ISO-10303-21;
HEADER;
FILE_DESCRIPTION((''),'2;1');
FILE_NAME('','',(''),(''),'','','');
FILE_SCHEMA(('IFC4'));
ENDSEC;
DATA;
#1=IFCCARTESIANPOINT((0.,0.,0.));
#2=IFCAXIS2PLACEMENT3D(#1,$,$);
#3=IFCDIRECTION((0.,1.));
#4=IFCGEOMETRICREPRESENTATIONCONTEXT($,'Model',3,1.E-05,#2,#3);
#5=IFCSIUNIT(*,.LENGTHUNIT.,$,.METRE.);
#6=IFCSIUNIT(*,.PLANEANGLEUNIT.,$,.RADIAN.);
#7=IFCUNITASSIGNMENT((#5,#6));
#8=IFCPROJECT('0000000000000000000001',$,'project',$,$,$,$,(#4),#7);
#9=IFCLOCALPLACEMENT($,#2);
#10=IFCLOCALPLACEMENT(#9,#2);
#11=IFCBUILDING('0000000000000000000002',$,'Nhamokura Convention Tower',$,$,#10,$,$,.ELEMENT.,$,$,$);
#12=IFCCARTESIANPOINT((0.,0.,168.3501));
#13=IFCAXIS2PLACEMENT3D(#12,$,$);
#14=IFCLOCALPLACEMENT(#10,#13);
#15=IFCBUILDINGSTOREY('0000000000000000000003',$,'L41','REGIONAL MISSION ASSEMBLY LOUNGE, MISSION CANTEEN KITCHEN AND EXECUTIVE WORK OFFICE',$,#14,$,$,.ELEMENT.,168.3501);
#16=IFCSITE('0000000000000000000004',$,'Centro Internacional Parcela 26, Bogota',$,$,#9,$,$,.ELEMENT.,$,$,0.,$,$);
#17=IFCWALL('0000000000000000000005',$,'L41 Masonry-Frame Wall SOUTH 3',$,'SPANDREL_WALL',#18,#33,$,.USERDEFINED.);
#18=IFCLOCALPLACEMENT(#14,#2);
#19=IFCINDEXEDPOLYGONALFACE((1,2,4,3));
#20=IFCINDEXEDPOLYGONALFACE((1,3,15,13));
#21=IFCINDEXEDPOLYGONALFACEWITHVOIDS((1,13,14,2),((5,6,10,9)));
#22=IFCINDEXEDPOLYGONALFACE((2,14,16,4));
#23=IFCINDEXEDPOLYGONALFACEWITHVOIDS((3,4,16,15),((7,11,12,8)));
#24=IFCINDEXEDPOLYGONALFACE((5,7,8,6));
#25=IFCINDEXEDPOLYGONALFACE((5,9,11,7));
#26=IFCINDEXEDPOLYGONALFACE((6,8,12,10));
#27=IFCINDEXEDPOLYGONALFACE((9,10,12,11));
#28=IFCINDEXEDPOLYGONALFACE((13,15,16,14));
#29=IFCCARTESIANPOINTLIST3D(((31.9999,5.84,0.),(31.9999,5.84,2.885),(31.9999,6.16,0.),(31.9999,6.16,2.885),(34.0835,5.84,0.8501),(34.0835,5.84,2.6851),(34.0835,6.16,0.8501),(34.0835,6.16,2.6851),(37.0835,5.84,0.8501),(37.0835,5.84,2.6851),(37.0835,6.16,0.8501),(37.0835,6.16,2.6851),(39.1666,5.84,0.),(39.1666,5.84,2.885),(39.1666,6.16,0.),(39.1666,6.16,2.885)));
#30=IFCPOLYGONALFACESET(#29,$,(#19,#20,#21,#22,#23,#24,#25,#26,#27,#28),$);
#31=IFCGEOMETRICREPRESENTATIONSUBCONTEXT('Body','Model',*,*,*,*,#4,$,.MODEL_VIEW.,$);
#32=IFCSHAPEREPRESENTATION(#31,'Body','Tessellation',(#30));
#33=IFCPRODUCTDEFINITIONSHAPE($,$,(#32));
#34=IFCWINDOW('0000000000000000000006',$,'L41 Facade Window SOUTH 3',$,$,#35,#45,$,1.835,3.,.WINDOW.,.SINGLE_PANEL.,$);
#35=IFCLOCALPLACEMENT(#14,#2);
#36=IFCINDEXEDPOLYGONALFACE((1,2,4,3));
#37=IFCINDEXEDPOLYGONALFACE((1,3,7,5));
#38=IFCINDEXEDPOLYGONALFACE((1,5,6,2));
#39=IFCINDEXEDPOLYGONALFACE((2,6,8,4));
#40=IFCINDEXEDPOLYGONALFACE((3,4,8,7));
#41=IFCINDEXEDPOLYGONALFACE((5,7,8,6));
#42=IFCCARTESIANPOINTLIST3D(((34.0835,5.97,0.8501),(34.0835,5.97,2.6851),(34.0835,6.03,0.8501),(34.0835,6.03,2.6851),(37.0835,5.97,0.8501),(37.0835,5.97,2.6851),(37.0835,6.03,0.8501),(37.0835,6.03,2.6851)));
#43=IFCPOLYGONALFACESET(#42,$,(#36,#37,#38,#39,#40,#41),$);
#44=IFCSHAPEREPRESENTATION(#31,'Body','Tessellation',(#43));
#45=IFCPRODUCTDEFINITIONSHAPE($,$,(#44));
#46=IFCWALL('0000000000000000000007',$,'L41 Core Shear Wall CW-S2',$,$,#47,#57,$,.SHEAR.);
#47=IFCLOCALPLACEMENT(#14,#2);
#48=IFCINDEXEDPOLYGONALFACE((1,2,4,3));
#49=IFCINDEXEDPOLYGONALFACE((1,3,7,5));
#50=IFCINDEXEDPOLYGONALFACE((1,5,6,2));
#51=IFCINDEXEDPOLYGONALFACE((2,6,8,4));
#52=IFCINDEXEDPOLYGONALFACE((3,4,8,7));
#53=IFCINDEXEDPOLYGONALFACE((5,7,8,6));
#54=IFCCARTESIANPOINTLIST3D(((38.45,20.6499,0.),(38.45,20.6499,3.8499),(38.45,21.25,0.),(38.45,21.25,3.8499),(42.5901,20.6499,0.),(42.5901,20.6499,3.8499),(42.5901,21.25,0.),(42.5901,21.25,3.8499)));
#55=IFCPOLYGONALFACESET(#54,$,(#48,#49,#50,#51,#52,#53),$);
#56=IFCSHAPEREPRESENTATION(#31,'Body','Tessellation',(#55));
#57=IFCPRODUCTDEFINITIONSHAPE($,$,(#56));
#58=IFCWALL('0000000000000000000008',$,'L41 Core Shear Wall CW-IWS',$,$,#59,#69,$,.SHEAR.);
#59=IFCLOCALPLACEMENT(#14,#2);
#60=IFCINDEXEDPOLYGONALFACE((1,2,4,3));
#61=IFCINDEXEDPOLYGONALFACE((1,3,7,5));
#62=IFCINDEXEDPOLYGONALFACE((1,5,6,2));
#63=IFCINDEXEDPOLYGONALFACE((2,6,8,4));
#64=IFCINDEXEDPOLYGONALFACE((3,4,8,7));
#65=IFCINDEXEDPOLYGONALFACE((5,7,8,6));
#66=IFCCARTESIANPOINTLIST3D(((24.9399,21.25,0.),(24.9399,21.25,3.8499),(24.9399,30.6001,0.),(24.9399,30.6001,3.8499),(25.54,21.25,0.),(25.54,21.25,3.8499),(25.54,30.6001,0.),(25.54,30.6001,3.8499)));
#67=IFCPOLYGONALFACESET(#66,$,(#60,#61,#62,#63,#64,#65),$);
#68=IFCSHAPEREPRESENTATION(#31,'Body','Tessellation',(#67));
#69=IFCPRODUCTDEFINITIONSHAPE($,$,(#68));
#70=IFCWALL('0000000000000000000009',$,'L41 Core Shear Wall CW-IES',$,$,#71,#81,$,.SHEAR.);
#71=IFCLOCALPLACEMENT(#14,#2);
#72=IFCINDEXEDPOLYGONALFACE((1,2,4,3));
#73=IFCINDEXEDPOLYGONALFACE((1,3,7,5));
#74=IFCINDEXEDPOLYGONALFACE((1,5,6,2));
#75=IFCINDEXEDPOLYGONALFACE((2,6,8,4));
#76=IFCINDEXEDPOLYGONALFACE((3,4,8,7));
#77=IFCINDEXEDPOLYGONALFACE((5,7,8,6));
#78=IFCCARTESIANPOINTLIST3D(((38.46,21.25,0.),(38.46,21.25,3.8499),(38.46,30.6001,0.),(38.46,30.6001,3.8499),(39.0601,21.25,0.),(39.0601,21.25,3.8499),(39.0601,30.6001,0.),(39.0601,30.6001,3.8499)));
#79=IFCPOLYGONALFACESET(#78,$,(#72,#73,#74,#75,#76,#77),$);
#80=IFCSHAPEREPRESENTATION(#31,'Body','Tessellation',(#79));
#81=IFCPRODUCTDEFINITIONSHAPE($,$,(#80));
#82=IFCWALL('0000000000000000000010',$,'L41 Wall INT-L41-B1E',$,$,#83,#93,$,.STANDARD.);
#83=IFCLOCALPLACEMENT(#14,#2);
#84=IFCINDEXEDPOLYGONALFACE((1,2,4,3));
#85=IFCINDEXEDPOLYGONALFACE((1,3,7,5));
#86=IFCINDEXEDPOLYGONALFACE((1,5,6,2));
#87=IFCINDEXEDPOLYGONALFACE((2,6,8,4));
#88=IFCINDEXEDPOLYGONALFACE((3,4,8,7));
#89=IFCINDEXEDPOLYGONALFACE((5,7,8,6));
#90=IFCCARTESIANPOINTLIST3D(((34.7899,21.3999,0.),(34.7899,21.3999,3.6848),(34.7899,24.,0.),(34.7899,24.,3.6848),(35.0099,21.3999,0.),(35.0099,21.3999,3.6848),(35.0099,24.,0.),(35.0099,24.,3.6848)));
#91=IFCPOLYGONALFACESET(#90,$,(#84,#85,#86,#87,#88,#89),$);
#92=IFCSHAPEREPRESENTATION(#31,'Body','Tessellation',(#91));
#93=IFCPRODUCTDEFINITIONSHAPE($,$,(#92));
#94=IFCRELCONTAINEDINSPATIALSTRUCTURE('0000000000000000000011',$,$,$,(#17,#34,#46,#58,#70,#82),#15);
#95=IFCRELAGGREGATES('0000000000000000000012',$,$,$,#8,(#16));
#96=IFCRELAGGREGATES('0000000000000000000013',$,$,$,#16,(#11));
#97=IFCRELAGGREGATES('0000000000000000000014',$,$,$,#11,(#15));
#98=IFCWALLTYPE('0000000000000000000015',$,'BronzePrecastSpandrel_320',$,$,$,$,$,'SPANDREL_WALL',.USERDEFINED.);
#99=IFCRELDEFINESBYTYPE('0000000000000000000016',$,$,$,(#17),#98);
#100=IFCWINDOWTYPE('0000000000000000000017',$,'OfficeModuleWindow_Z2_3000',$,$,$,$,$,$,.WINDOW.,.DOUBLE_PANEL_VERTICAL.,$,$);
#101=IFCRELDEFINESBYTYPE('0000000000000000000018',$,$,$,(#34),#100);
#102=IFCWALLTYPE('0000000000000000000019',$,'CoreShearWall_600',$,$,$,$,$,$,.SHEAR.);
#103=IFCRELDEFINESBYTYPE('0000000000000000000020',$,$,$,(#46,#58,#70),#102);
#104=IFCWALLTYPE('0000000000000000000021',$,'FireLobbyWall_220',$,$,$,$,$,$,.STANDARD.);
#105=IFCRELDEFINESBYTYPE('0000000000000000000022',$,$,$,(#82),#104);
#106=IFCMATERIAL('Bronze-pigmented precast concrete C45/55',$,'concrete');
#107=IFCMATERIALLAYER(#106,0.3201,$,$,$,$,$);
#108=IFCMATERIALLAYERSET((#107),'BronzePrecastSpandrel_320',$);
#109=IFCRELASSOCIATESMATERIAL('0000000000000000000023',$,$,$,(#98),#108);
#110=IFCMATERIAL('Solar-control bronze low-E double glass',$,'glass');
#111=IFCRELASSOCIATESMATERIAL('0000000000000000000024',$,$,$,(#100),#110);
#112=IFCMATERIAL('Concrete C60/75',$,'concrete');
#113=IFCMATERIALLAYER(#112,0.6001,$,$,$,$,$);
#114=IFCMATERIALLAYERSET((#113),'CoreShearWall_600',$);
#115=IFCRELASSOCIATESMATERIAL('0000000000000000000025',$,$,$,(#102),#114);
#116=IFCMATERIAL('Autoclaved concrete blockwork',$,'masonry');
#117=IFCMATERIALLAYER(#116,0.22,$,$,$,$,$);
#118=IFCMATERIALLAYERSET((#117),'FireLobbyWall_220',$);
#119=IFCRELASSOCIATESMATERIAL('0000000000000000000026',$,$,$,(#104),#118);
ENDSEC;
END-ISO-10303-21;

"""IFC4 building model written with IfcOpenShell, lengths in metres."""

from ifc_helpers import new_model, si_unit, direction, frame, frame_2d, origin, place, context, subcontext, project, spatial, rectangle, extrude, material, layer, layer_set, type_object, element, fill, save


model = new_model("IFC4")

# Units and contexts
model_context = context("Model", 3, precision=1e-05, world=origin(), true_north=direction((0.0, 1.0)))
body_context = subcontext(model_context, "Body", "Model", "MODEL_VIEW")
ifc_project = project(units=[si_unit("LENGTHUNIT", "METRE"), si_unit("PLANEANGLEUNIT", "RADIAN")], contexts=[model_context])

# Site, building, storey
site_placement = place(None, origin())
site = spatial("IfcSite", under=ifc_project, at=site_placement, Name="Centro Internacional Parcela 26, Bogota", CompositionType="ELEMENT", RefElevation=0.0)
building_placement = place(site_placement, origin())
building = spatial("IfcBuilding", under=site, at=building_placement, Name="Nhamokura Convention Tower", CompositionType="ELEMENT")
storey_placement = place(building_placement, frame((0.0, 0.0, 168.3501)))
storey = spatial("IfcBuildingStorey", under=building, at=storey_placement, Name="L41", Description="REGIONAL MISSION ASSEMBLY LOUNGE, MISSION CANTEEN KITCHEN AND EXECUTIVE WORK OFFICE", CompositionType="ELEMENT", Elevation=168.3501)

# Wall, opening, window
ifc_material_1 = material(Name="Bronze-pigmented precast concrete C45/55", Category="concrete")
ifc_layer_1 = layer(ifc_material_1, 0.3201)
ifc_layer_set_1 = layer_set([ifc_layer_1], Name="BronzePrecastSpandrel_320")
wall_type_1 = type_object("IfcWallType", Name="BronzePrecastSpandrel_320", ElementType="SPANDREL_WALL", PredefinedType="USERDEFINED", material=ifc_layer_set_1)
ifc_material_2 = material(Name="Solar-control bronze low-E double glass", Category="glass")
window_type = type_object("IfcWindowType", Name="OfficeModuleWindow_Z2_3000", PartitioningType="DOUBLE_PANEL_VERTICAL", PredefinedType="WINDOW", material=ifc_material_2)
wall_1_placement = place(storey_placement, frame((39.1667, 6.0, 0.0), z_axis=(0.0, 0.0, 1.0), x_axis=(-1.0, 0.0, 0.0)))
wall_1 = element("IfcWall", 1, at=wall_1_placement, inside=storey, type_object=wall_type_1, Name="L41 Masonry-Frame Wall SOUTH 3", ObjectType="SPANDREL_WALL", PredefinedType="USERDEFINED", context=body_context, shape_type="SweptSolid", body=[
    extrude(rectangle(XDim=7.1667, YDim=0.3201, at=frame_2d((3.5835, 0.0))), origin(), (0.0, 0.0, 1.0), 2.885),
])
opening_1_placement = place(wall_1_placement, frame((2.0833, 0.0, 0.8501)))
opening_1 = element("IfcOpeningElement", 2, at=opening_1_placement, cuts=wall_1, PredefinedType="OPENING", context=body_context, shape_type="SweptSolid", body=[
    extrude(rectangle(XDim=3.0, YDim=1.835, at=frame_2d((1.5, 0.9175))), frame((0.0, 0.1699, 0.0), z_axis=(0.0, -1.0, 0.0), x_axis=(1.0, 0.0, 0.0)), (0.0, 0.0, 1.0), 0.3401),
])
window_1_placement = place(opening_1_placement, origin())
window_1 = element("IfcWindow", 3, at=window_1_placement, inside=storey, type_object=window_type, Name="L41 Facade Window SOUTH 3", OverallHeight=1.835, OverallWidth=3.0, PartitioningType="SINGLE_PANEL", PredefinedType="WINDOW", context=body_context, shape_type="SweptSolid", body=[
    extrude(rectangle(XDim=3.0, YDim=1.835, at=frame_2d((1.5, 0.9175))), frame((0.0, 0.03, 0.0), z_axis=(0.0, -1.0, 0.0), x_axis=(1.0, 0.0, 0.0)), (0.0, 0.0, 1.0), 0.0601),
])
fill(opening_1, window_1)

# Shared definitions
ifc_material_3 = material(Name="Concrete C60/75", Category="concrete")
ifc_layer_2 = layer(ifc_material_3, 0.6001)
ifc_layer_set_2 = layer_set([ifc_layer_2], Name="CoreShearWall_600")
wall_type_2 = type_object("IfcWallType", Name="CoreShearWall_600", PredefinedType="SHEAR", material=ifc_layer_set_2)

# Walls
wall_2_placement = place(storey_placement, frame((38.45, 20.95, 0.0), z_axis=(0.0, 0.0, 1.0), x_axis=(1.0, 0.0, 0.0)))
element("IfcWall", 4, at=wall_2_placement, inside=storey, type_object=wall_type_2, Name="L41 Core Shear Wall CW-S2", PredefinedType="SHEAR", context=body_context, shape_type="SweptSolid", body=[
    extrude(rectangle(XDim=4.1401, YDim=0.6001, at=frame_2d((2.0701, 0.0))), origin(), (0.0, 0.0, 1.0), 3.8499),
])
for number, where, z_axis, x_axis, name in (
    (5, (25.24, 21.25, 0.0), (0.0, 0.0, 1.0), (0.0, 1.0, 0.0), "L41 Core Shear Wall CW-IWS"),
    (6, (38.76, 21.25, 0.0), (0.0, 0.0, 1.0), (0.0, 1.0, 0.0), "L41 Core Shear Wall CW-IES"),
):
    element("IfcWall", number, at=place(storey_placement, frame(where, z_axis=z_axis, x_axis=x_axis)), inside=storey, type_object=wall_type_2, Name=name, PredefinedType="SHEAR", context=body_context, shape_type="SweptSolid", body=[
        extrude(rectangle(XDim=9.3501, YDim=0.6001, at=frame_2d((4.675, 0.0))), origin(), (0.0, 0.0, 1.0), 3.8499),
    ])

# Shared definitions
ifc_material_4 = material(Name="Autoclaved concrete blockwork", Category="masonry")
ifc_layer_3 = layer(ifc_material_4, 0.22)
ifc_layer_set_3 = layer_set([ifc_layer_3], Name="FireLobbyWall_220")
wall_type_3 = type_object("IfcWallType", Name="FireLobbyWall_220", PredefinedType="STANDARD", material=ifc_layer_set_3)

# Wall
wall_3_placement = place(storey_placement, frame((34.8999, 21.3999, 0.0), z_axis=(0.0, 0.0, 1.0), x_axis=(0.0, 1.0, 0.0)))
element("IfcWall", 7, at=wall_3_placement, inside=storey, type_object=wall_type_3, Name="L41 Wall INT-L41-B1E", PredefinedType="STANDARD", context=body_context, shape_type="SweptSolid", body=[
    extrude(rectangle(XDim=2.6001, YDim=0.22, at=frame_2d((1.3, 0.0))), origin(), (0.0, 0.0, 1.0), 3.6848),
])

save(model, "model.ifc")
